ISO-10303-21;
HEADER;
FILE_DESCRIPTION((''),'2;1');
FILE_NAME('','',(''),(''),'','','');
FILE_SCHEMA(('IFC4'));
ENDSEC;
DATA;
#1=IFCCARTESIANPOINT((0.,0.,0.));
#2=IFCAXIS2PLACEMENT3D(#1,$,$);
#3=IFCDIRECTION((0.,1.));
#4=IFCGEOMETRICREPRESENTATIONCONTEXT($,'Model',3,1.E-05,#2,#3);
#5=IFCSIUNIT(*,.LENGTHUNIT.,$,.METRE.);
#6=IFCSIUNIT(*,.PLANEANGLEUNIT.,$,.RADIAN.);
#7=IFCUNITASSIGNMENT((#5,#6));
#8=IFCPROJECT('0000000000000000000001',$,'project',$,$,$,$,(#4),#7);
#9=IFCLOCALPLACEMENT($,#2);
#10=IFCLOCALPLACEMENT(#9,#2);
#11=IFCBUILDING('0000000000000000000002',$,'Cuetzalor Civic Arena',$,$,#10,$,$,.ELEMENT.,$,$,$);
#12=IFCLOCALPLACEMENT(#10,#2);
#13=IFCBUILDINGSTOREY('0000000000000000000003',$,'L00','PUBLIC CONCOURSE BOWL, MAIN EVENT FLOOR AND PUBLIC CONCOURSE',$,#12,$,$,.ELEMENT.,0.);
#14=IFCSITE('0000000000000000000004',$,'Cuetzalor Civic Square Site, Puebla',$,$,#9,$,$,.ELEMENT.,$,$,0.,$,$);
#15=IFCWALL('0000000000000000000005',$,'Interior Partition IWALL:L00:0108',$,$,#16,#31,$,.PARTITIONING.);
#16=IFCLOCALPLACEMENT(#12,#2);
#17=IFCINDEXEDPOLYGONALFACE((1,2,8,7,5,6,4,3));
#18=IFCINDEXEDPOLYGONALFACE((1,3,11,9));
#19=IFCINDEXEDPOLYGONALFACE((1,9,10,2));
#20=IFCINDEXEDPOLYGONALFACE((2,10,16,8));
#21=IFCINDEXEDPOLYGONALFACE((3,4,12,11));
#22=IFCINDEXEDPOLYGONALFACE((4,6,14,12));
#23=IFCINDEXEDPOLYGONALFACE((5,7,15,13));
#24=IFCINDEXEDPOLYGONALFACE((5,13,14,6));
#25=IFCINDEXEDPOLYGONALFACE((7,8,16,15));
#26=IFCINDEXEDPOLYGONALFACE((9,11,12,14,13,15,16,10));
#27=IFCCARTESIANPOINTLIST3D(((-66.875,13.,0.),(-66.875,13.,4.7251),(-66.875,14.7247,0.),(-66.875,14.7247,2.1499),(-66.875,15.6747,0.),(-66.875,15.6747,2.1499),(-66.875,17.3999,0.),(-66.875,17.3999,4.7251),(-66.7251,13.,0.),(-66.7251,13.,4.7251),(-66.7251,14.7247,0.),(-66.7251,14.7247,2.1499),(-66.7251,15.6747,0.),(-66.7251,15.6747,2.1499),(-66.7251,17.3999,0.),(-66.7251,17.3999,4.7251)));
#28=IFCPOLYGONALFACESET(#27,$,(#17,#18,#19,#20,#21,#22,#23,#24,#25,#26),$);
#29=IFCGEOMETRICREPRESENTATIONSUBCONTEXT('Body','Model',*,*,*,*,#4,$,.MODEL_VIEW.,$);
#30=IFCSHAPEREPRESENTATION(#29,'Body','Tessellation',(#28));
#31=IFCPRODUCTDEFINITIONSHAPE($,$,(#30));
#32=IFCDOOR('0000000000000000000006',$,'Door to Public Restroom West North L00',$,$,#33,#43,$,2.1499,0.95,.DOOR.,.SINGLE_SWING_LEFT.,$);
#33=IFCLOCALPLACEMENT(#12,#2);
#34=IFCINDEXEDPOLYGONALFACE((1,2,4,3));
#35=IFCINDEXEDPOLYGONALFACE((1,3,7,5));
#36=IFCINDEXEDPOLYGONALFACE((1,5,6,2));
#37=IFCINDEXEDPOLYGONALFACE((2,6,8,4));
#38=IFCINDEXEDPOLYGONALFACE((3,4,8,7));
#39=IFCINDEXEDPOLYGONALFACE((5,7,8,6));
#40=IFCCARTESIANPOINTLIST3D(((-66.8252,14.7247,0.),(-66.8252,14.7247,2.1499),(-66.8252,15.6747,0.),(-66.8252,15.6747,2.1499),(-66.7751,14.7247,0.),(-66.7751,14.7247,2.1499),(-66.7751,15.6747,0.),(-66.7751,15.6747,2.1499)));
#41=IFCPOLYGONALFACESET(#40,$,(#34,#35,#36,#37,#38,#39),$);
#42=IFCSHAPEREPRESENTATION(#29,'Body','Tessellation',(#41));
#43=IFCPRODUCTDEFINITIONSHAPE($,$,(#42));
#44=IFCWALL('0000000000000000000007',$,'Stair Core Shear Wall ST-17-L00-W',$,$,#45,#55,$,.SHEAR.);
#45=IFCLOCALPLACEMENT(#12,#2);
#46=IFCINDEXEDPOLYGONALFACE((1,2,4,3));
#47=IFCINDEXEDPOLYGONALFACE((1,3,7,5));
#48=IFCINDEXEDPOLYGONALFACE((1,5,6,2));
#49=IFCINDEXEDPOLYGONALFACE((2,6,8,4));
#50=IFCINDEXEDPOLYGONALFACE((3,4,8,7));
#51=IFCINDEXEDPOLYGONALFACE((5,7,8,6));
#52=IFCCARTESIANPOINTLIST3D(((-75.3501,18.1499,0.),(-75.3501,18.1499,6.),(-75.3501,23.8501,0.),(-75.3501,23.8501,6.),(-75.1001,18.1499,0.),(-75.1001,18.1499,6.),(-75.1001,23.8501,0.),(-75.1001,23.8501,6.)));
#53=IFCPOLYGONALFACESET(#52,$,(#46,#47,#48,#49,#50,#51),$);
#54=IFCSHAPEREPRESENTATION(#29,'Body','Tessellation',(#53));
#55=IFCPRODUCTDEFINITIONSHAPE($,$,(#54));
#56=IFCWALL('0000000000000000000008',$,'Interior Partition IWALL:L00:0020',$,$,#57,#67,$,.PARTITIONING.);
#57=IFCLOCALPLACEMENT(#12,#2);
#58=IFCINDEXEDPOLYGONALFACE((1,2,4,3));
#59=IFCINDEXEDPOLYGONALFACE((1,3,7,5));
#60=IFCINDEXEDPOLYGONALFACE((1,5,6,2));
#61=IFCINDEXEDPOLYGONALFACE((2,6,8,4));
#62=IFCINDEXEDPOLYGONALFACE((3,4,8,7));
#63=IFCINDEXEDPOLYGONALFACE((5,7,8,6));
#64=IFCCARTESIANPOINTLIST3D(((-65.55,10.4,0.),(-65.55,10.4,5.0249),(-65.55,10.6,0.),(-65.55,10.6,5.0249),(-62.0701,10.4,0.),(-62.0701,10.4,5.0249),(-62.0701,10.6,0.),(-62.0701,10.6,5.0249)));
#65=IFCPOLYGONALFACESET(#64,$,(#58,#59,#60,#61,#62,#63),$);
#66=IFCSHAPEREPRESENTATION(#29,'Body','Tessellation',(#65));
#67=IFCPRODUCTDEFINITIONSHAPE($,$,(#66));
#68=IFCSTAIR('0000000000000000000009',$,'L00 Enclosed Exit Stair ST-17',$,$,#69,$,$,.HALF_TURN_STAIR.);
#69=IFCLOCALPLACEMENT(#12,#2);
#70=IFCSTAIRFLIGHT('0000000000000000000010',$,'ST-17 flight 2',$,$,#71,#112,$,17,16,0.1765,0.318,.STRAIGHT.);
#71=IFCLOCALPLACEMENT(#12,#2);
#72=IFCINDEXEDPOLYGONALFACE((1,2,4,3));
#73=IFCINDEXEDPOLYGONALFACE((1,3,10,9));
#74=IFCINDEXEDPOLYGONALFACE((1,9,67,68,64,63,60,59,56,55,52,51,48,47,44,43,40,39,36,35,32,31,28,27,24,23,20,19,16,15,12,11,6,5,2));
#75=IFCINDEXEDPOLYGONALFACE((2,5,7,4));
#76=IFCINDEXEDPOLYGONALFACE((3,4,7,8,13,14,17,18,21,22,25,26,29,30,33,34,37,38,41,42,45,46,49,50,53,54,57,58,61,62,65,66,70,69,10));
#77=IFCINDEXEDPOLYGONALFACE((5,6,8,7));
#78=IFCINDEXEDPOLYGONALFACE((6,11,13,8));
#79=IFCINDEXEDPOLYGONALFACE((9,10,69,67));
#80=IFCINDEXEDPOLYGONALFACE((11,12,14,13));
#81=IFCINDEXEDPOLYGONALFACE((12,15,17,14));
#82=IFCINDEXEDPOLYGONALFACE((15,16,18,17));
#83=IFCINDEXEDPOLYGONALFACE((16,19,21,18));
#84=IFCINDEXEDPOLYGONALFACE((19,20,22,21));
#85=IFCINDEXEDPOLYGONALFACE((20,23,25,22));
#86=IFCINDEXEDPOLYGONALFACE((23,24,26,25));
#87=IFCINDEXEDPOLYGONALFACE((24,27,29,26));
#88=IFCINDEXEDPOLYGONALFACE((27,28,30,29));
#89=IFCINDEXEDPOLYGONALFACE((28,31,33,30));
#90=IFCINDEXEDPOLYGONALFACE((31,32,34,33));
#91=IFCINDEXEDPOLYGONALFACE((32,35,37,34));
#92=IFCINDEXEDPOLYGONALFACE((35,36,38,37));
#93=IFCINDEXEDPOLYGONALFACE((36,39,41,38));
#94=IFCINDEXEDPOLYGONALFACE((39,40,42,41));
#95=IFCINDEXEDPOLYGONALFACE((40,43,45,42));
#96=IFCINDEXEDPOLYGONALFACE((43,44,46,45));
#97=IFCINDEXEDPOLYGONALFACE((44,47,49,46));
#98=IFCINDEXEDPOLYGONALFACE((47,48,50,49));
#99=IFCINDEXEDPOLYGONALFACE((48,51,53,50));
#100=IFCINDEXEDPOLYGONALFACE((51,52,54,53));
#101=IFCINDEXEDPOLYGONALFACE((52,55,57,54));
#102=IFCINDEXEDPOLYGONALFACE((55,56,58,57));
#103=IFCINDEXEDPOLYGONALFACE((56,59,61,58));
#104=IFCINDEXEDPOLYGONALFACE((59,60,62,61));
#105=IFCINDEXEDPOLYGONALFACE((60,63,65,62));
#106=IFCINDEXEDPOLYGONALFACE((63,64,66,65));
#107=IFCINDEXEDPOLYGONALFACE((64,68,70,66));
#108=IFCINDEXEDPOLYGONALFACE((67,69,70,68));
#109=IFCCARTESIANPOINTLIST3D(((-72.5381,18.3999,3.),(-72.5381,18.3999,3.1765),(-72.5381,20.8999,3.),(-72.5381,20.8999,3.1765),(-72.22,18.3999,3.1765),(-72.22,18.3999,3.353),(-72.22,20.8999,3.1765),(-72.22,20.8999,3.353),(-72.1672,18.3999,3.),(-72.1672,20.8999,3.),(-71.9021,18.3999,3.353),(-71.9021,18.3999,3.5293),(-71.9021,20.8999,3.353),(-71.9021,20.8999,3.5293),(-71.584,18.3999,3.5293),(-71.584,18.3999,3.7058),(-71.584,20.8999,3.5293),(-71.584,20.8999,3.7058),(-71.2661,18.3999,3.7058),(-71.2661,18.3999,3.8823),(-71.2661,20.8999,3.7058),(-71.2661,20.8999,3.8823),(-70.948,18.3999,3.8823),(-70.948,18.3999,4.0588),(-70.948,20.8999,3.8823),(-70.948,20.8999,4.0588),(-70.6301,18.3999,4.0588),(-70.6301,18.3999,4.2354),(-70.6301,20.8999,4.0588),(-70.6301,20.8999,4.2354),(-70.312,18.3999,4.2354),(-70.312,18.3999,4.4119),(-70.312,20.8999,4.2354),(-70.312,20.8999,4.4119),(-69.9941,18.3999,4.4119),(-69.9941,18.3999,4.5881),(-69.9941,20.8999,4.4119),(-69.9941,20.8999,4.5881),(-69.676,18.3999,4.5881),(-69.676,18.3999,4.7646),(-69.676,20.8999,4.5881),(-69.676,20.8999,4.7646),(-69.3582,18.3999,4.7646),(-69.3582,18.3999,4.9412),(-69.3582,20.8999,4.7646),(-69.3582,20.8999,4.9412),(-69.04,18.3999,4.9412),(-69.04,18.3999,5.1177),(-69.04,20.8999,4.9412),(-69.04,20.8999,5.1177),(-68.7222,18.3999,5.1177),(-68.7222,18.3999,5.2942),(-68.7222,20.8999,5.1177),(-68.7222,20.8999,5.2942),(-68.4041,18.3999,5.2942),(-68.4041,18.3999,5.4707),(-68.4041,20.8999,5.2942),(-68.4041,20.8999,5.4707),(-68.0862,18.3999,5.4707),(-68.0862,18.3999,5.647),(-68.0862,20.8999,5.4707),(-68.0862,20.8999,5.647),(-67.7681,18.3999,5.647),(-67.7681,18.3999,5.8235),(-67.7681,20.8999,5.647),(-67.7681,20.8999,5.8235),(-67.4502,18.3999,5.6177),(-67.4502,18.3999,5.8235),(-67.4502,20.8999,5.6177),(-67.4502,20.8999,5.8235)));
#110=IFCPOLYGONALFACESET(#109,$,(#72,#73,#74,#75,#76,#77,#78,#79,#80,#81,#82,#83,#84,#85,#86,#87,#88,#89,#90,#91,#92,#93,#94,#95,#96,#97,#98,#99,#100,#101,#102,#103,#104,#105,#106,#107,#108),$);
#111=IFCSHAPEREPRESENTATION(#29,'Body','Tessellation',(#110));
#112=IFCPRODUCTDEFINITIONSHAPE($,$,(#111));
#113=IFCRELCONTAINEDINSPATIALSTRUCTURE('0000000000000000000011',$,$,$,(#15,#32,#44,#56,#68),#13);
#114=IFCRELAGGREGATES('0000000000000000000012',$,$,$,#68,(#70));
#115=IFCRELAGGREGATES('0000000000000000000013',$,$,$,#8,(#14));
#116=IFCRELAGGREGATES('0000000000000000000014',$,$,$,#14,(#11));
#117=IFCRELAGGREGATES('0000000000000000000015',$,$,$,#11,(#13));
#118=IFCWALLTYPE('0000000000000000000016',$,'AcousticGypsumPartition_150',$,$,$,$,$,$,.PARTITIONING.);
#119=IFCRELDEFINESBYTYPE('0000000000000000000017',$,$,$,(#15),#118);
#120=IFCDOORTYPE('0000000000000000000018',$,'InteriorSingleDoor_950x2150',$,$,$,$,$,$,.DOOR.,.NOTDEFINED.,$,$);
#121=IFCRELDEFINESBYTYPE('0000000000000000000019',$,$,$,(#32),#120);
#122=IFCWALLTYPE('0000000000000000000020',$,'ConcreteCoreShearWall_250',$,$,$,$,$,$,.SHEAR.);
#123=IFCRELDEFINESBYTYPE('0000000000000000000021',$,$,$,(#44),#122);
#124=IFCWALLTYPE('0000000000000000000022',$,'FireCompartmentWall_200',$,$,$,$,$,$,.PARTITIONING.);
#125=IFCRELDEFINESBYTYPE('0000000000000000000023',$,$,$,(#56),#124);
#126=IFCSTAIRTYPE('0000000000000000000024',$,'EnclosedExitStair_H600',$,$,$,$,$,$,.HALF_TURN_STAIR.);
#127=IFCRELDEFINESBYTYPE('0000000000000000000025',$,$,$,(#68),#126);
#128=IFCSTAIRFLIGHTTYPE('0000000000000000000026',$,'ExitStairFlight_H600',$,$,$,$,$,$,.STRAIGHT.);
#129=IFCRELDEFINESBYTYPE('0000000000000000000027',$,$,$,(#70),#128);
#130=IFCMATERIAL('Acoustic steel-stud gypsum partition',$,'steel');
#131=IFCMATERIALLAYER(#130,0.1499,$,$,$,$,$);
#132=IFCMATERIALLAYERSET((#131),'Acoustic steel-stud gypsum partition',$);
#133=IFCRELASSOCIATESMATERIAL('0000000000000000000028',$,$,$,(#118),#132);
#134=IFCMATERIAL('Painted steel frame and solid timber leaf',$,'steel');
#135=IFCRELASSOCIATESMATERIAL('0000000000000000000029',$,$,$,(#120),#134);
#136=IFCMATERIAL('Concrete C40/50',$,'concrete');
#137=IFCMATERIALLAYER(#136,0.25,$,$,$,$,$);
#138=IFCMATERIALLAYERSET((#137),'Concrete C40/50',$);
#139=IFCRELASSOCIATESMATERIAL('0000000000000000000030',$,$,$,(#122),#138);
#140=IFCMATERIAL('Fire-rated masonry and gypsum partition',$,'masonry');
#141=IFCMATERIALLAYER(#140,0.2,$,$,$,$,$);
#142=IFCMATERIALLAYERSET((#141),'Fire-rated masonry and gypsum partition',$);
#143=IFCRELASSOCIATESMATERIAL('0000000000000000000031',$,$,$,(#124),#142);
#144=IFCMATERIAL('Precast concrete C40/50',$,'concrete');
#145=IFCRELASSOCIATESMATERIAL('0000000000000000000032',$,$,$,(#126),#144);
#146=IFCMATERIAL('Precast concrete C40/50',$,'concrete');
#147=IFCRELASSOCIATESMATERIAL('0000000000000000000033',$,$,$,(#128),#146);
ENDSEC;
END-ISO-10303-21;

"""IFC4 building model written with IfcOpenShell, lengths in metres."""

from ifc_helpers import new_model, si_unit, direction, frame, frame_2d, origin, place, context, subcontext, project, spatial, polyline, rectangle, outline, extrude, material, layer, layer_set, type_object, element, fill, aggregate, save


model = new_model("IFC4")

# Units and contexts
model_context = context("Model", 3, precision=1e-05, world=origin(), true_north=direction((0.0, 1.0)))
body_context = subcontext(model_context, "Body", "Model", "MODEL_VIEW")
ifc_project = project(units=[si_unit("LENGTHUNIT", "METRE"), si_unit("PLANEANGLEUNIT", "RADIAN")], contexts=[model_context])

# Site, building, storey
site_placement = place(None, origin())
site = spatial("IfcSite", under=ifc_project, at=site_placement, Name="Cuetzalor Civic Square Site, Puebla", CompositionType="ELEMENT", RefElevation=0.0)
building_placement = place(site_placement, origin())
building = spatial("IfcBuilding", under=site, at=building_placement, Name="Cuetzalor Civic Arena", CompositionType="ELEMENT")
storey_placement = place(building_placement, origin())
storey = spatial("IfcBuildingStorey", under=building, at=storey_placement, Name="L00", Description="PUBLIC CONCOURSE BOWL, MAIN EVENT FLOOR AND PUBLIC CONCOURSE", CompositionType="ELEMENT", Elevation=0.0)

# Shared definitions
ifc_material_1 = material(Name="Acoustic steel-stud gypsum partition", Category="steel")
ifc_layer_1 = layer(ifc_material_1, 0.1499)
ifc_layer_set_1 = layer_set([ifc_layer_1], Name="Acoustic steel-stud gypsum partition")
wall_type_1 = type_object("IfcWallType", Name="AcousticGypsumPartition_150", PredefinedType="PARTITIONING", material=ifc_layer_set_1)

# Wall, opening, door
wall_1_placement = place(storey_placement, frame((-66.8, 17.3999, 0.0), z_axis=(0.0, 0.0, 1.0), x_axis=(0.0, -1.0, 0.0)))
wall_1 = element("IfcWall", 1, at=wall_1_placement, inside=storey, type_object=wall_type_1, Name="Interior Partition IWALL:L00:0108", PredefinedType="PARTITIONING", context=body_context, shape_type="SweptSolid", body=[
    extrude(rectangle(XDim=4.3999, YDim=0.1499, at=frame_2d((2.2, 0.0))), origin(), (0.0, 0.0, 1.0), 4.7251),
])
opening_1_placement = place(wall_1_placement, frame((1.7251, 0.0, 0.0)))
opening_1 = element("IfcOpeningElement", 2, at=opening_1_placement, cuts=wall_1, PredefinedType="OPENING", context=body_context, shape_type="SweptSolid", body=[
    extrude(rectangle(XDim=0.95, YDim=2.1499, at=frame_2d((0.4751, 1.075))), frame((0.0, 0.085, 0.0), z_axis=(0.0, -1.0, 0.0), x_axis=(1.0, 0.0, 0.0)), (0.0, 0.0, 1.0), 0.1699),
])
ifc_material_2 = material(Name="Painted steel frame and solid timber leaf", Category="steel")
door_type_1 = type_object("IfcDoorType", Name="InteriorSingleDoor_950x2150", OperationType="NOTDEFINED", PredefinedType="DOOR", material=ifc_material_2)
door_1_placement = place(opening_1_placement, origin())
door_1 = element("IfcDoor", 3, at=door_1_placement, inside=storey, type_object=door_type_1, Name="Door to Public Restroom West North L00", OperationType="SINGLE_SWING_LEFT", OverallHeight=2.1499, OverallWidth=0.95, PredefinedType="DOOR", context=body_context, shape_type="SweptSolid", body=[
    extrude(rectangle(XDim=0.95, YDim=2.1499, at=frame_2d((0.4751, 1.075))), frame((0.0, 0.0249, 0.0), z_axis=(0.0, -1.0, 0.0), x_axis=(1.0, 0.0, 0.0)), (0.0, 0.0, 1.0), 0.05),
])
fill(opening_1, door_1)

# Walls
ifc_material_3 = material(Name="Concrete C40/50", Category="concrete")
ifc_layer_2 = layer(ifc_material_3, 0.25)
ifc_layer_set_2 = layer_set([ifc_layer_2], Name="Concrete C40/50")
wall_type_2 = type_object("IfcWallType", Name="ConcreteCoreShearWall_250", PredefinedType="SHEAR", material=ifc_layer_set_2)
wall_2_placement = place(storey_placement, frame((-75.2251, 18.1499, 0.0), z_axis=(0.0, 0.0, 1.0), x_axis=(0.0, 1.0, 0.0)))
element("IfcWall", 4, at=wall_2_placement, inside=storey, type_object=wall_type_2, Name="Stair Core Shear Wall ST-17-L00-W", PredefinedType="SHEAR", context=body_context, shape_type="SweptSolid", body=[
    extrude(rectangle(XDim=5.7002, YDim=0.25, at=frame_2d((2.8501, 0.0))), origin(), (0.0, 0.0, 1.0), 6.0),
])
ifc_material_4 = material(Name="Fire-rated masonry and gypsum partition", Category="masonry")
ifc_layer_3 = layer(ifc_material_4, 0.2)
ifc_layer_set_3 = layer_set([ifc_layer_3], Name="Fire-rated masonry and gypsum partition")
wall_type_3 = type_object("IfcWallType", Name="FireCompartmentWall_200", PredefinedType="PARTITIONING", material=ifc_layer_set_3)
wall_3_placement = place(storey_placement, frame((-65.55, 10.5, 0.0), z_axis=(0.0, 0.0, 1.0), x_axis=(1.0, 0.0, 0.0)))
element("IfcWall", 5, at=wall_3_placement, inside=storey, type_object=wall_type_3, Name="Interior Partition IWALL:L00:0020", PredefinedType="PARTITIONING", context=body_context, shape_type="SweptSolid", body=[
    extrude(rectangle(XDim=3.48, YDim=0.2, at=frame_2d((1.74, 0.0))), origin(), (0.0, 0.0, 1.0), 5.0249),
])

# Stair, stair flight
ifc_material_5 = material(Name="Precast concrete C40/50", Category="concrete")
stair_type = type_object("IfcStairType", Name="EnclosedExitStair_H600", PredefinedType="HALF_TURN_STAIR", material=ifc_material_5)
stair_placement = place(storey_placement, origin())
stair = element("IfcStair", 6, at=stair_placement, inside=storey, type_object=stair_type, Name="L00 Enclosed Exit Stair ST-17", PredefinedType="HALF_TURN_STAIR")
ifc_material_6 = material(Name="Precast concrete C40/50", Category="concrete")
stair_flight_type = type_object("IfcStairFlightType", Name="ExitStairFlight_H600", PredefinedType="STRAIGHT", material=ifc_material_6)
stair_flight_placement = place(storey_placement, frame((-72.5381, 19.6499, 3.0), z_axis=(0.0, 0.0, 1.0), x_axis=(1.0, 0.0, 0.0)))
stair_flight = element("IfcStairFlight", 7, at=stair_flight_placement, type_object=stair_flight_type, Name="ST-17 flight 2", NumberOfRisers=17, NumberOfTreads=16, PredefinedType="STRAIGHT", RiserHeight=0.1765, TreadLength=0.318, context=body_context, shape_type="SweptSolid", body=[
    extrude(outline(polyline([(0.0, 0.0), (0.0, 0.1765), (0.3181, 0.1765), (0.3181, 0.353), (0.636, 0.353), (0.636, 0.5293), (0.9541, 0.5293), (0.9541, 0.7058), (1.272, 0.7058), (1.272, 0.8823), (1.5901, 0.8823), (1.5901, 1.0588), (1.908, 1.0588), (1.908, 1.2354), (2.2261, 1.2354), (2.2261, 1.4119), (2.5439, 1.4119), (2.5439, 1.5881), (2.8621, 1.5881), (2.8621, 1.7646), (3.1799, 1.7646), (3.1799, 1.9412), (3.498, 1.9412), (3.498, 2.1177), (3.8159, 2.1177), (3.8159, 2.2942), (4.134, 2.2942), (4.134, 2.4707), (4.4519, 2.4707), (4.4519, 2.647), (4.77, 2.647), (4.77, 2.8235), (5.0879, 2.8235), (5.0879, 3.0), (5.0879, 2.6177), (0.3708, 0.0), (0.0, 0.0)])), frame((0.0, 1.25, 0.0), z_axis=(0.0, -1.0, 0.0), x_axis=(1.0, 0.0, 0.0)), (0.0, 0.0, 1.0), 2.5),
])
aggregate(stair, [stair_flight])

save(model, "model.ifc")
